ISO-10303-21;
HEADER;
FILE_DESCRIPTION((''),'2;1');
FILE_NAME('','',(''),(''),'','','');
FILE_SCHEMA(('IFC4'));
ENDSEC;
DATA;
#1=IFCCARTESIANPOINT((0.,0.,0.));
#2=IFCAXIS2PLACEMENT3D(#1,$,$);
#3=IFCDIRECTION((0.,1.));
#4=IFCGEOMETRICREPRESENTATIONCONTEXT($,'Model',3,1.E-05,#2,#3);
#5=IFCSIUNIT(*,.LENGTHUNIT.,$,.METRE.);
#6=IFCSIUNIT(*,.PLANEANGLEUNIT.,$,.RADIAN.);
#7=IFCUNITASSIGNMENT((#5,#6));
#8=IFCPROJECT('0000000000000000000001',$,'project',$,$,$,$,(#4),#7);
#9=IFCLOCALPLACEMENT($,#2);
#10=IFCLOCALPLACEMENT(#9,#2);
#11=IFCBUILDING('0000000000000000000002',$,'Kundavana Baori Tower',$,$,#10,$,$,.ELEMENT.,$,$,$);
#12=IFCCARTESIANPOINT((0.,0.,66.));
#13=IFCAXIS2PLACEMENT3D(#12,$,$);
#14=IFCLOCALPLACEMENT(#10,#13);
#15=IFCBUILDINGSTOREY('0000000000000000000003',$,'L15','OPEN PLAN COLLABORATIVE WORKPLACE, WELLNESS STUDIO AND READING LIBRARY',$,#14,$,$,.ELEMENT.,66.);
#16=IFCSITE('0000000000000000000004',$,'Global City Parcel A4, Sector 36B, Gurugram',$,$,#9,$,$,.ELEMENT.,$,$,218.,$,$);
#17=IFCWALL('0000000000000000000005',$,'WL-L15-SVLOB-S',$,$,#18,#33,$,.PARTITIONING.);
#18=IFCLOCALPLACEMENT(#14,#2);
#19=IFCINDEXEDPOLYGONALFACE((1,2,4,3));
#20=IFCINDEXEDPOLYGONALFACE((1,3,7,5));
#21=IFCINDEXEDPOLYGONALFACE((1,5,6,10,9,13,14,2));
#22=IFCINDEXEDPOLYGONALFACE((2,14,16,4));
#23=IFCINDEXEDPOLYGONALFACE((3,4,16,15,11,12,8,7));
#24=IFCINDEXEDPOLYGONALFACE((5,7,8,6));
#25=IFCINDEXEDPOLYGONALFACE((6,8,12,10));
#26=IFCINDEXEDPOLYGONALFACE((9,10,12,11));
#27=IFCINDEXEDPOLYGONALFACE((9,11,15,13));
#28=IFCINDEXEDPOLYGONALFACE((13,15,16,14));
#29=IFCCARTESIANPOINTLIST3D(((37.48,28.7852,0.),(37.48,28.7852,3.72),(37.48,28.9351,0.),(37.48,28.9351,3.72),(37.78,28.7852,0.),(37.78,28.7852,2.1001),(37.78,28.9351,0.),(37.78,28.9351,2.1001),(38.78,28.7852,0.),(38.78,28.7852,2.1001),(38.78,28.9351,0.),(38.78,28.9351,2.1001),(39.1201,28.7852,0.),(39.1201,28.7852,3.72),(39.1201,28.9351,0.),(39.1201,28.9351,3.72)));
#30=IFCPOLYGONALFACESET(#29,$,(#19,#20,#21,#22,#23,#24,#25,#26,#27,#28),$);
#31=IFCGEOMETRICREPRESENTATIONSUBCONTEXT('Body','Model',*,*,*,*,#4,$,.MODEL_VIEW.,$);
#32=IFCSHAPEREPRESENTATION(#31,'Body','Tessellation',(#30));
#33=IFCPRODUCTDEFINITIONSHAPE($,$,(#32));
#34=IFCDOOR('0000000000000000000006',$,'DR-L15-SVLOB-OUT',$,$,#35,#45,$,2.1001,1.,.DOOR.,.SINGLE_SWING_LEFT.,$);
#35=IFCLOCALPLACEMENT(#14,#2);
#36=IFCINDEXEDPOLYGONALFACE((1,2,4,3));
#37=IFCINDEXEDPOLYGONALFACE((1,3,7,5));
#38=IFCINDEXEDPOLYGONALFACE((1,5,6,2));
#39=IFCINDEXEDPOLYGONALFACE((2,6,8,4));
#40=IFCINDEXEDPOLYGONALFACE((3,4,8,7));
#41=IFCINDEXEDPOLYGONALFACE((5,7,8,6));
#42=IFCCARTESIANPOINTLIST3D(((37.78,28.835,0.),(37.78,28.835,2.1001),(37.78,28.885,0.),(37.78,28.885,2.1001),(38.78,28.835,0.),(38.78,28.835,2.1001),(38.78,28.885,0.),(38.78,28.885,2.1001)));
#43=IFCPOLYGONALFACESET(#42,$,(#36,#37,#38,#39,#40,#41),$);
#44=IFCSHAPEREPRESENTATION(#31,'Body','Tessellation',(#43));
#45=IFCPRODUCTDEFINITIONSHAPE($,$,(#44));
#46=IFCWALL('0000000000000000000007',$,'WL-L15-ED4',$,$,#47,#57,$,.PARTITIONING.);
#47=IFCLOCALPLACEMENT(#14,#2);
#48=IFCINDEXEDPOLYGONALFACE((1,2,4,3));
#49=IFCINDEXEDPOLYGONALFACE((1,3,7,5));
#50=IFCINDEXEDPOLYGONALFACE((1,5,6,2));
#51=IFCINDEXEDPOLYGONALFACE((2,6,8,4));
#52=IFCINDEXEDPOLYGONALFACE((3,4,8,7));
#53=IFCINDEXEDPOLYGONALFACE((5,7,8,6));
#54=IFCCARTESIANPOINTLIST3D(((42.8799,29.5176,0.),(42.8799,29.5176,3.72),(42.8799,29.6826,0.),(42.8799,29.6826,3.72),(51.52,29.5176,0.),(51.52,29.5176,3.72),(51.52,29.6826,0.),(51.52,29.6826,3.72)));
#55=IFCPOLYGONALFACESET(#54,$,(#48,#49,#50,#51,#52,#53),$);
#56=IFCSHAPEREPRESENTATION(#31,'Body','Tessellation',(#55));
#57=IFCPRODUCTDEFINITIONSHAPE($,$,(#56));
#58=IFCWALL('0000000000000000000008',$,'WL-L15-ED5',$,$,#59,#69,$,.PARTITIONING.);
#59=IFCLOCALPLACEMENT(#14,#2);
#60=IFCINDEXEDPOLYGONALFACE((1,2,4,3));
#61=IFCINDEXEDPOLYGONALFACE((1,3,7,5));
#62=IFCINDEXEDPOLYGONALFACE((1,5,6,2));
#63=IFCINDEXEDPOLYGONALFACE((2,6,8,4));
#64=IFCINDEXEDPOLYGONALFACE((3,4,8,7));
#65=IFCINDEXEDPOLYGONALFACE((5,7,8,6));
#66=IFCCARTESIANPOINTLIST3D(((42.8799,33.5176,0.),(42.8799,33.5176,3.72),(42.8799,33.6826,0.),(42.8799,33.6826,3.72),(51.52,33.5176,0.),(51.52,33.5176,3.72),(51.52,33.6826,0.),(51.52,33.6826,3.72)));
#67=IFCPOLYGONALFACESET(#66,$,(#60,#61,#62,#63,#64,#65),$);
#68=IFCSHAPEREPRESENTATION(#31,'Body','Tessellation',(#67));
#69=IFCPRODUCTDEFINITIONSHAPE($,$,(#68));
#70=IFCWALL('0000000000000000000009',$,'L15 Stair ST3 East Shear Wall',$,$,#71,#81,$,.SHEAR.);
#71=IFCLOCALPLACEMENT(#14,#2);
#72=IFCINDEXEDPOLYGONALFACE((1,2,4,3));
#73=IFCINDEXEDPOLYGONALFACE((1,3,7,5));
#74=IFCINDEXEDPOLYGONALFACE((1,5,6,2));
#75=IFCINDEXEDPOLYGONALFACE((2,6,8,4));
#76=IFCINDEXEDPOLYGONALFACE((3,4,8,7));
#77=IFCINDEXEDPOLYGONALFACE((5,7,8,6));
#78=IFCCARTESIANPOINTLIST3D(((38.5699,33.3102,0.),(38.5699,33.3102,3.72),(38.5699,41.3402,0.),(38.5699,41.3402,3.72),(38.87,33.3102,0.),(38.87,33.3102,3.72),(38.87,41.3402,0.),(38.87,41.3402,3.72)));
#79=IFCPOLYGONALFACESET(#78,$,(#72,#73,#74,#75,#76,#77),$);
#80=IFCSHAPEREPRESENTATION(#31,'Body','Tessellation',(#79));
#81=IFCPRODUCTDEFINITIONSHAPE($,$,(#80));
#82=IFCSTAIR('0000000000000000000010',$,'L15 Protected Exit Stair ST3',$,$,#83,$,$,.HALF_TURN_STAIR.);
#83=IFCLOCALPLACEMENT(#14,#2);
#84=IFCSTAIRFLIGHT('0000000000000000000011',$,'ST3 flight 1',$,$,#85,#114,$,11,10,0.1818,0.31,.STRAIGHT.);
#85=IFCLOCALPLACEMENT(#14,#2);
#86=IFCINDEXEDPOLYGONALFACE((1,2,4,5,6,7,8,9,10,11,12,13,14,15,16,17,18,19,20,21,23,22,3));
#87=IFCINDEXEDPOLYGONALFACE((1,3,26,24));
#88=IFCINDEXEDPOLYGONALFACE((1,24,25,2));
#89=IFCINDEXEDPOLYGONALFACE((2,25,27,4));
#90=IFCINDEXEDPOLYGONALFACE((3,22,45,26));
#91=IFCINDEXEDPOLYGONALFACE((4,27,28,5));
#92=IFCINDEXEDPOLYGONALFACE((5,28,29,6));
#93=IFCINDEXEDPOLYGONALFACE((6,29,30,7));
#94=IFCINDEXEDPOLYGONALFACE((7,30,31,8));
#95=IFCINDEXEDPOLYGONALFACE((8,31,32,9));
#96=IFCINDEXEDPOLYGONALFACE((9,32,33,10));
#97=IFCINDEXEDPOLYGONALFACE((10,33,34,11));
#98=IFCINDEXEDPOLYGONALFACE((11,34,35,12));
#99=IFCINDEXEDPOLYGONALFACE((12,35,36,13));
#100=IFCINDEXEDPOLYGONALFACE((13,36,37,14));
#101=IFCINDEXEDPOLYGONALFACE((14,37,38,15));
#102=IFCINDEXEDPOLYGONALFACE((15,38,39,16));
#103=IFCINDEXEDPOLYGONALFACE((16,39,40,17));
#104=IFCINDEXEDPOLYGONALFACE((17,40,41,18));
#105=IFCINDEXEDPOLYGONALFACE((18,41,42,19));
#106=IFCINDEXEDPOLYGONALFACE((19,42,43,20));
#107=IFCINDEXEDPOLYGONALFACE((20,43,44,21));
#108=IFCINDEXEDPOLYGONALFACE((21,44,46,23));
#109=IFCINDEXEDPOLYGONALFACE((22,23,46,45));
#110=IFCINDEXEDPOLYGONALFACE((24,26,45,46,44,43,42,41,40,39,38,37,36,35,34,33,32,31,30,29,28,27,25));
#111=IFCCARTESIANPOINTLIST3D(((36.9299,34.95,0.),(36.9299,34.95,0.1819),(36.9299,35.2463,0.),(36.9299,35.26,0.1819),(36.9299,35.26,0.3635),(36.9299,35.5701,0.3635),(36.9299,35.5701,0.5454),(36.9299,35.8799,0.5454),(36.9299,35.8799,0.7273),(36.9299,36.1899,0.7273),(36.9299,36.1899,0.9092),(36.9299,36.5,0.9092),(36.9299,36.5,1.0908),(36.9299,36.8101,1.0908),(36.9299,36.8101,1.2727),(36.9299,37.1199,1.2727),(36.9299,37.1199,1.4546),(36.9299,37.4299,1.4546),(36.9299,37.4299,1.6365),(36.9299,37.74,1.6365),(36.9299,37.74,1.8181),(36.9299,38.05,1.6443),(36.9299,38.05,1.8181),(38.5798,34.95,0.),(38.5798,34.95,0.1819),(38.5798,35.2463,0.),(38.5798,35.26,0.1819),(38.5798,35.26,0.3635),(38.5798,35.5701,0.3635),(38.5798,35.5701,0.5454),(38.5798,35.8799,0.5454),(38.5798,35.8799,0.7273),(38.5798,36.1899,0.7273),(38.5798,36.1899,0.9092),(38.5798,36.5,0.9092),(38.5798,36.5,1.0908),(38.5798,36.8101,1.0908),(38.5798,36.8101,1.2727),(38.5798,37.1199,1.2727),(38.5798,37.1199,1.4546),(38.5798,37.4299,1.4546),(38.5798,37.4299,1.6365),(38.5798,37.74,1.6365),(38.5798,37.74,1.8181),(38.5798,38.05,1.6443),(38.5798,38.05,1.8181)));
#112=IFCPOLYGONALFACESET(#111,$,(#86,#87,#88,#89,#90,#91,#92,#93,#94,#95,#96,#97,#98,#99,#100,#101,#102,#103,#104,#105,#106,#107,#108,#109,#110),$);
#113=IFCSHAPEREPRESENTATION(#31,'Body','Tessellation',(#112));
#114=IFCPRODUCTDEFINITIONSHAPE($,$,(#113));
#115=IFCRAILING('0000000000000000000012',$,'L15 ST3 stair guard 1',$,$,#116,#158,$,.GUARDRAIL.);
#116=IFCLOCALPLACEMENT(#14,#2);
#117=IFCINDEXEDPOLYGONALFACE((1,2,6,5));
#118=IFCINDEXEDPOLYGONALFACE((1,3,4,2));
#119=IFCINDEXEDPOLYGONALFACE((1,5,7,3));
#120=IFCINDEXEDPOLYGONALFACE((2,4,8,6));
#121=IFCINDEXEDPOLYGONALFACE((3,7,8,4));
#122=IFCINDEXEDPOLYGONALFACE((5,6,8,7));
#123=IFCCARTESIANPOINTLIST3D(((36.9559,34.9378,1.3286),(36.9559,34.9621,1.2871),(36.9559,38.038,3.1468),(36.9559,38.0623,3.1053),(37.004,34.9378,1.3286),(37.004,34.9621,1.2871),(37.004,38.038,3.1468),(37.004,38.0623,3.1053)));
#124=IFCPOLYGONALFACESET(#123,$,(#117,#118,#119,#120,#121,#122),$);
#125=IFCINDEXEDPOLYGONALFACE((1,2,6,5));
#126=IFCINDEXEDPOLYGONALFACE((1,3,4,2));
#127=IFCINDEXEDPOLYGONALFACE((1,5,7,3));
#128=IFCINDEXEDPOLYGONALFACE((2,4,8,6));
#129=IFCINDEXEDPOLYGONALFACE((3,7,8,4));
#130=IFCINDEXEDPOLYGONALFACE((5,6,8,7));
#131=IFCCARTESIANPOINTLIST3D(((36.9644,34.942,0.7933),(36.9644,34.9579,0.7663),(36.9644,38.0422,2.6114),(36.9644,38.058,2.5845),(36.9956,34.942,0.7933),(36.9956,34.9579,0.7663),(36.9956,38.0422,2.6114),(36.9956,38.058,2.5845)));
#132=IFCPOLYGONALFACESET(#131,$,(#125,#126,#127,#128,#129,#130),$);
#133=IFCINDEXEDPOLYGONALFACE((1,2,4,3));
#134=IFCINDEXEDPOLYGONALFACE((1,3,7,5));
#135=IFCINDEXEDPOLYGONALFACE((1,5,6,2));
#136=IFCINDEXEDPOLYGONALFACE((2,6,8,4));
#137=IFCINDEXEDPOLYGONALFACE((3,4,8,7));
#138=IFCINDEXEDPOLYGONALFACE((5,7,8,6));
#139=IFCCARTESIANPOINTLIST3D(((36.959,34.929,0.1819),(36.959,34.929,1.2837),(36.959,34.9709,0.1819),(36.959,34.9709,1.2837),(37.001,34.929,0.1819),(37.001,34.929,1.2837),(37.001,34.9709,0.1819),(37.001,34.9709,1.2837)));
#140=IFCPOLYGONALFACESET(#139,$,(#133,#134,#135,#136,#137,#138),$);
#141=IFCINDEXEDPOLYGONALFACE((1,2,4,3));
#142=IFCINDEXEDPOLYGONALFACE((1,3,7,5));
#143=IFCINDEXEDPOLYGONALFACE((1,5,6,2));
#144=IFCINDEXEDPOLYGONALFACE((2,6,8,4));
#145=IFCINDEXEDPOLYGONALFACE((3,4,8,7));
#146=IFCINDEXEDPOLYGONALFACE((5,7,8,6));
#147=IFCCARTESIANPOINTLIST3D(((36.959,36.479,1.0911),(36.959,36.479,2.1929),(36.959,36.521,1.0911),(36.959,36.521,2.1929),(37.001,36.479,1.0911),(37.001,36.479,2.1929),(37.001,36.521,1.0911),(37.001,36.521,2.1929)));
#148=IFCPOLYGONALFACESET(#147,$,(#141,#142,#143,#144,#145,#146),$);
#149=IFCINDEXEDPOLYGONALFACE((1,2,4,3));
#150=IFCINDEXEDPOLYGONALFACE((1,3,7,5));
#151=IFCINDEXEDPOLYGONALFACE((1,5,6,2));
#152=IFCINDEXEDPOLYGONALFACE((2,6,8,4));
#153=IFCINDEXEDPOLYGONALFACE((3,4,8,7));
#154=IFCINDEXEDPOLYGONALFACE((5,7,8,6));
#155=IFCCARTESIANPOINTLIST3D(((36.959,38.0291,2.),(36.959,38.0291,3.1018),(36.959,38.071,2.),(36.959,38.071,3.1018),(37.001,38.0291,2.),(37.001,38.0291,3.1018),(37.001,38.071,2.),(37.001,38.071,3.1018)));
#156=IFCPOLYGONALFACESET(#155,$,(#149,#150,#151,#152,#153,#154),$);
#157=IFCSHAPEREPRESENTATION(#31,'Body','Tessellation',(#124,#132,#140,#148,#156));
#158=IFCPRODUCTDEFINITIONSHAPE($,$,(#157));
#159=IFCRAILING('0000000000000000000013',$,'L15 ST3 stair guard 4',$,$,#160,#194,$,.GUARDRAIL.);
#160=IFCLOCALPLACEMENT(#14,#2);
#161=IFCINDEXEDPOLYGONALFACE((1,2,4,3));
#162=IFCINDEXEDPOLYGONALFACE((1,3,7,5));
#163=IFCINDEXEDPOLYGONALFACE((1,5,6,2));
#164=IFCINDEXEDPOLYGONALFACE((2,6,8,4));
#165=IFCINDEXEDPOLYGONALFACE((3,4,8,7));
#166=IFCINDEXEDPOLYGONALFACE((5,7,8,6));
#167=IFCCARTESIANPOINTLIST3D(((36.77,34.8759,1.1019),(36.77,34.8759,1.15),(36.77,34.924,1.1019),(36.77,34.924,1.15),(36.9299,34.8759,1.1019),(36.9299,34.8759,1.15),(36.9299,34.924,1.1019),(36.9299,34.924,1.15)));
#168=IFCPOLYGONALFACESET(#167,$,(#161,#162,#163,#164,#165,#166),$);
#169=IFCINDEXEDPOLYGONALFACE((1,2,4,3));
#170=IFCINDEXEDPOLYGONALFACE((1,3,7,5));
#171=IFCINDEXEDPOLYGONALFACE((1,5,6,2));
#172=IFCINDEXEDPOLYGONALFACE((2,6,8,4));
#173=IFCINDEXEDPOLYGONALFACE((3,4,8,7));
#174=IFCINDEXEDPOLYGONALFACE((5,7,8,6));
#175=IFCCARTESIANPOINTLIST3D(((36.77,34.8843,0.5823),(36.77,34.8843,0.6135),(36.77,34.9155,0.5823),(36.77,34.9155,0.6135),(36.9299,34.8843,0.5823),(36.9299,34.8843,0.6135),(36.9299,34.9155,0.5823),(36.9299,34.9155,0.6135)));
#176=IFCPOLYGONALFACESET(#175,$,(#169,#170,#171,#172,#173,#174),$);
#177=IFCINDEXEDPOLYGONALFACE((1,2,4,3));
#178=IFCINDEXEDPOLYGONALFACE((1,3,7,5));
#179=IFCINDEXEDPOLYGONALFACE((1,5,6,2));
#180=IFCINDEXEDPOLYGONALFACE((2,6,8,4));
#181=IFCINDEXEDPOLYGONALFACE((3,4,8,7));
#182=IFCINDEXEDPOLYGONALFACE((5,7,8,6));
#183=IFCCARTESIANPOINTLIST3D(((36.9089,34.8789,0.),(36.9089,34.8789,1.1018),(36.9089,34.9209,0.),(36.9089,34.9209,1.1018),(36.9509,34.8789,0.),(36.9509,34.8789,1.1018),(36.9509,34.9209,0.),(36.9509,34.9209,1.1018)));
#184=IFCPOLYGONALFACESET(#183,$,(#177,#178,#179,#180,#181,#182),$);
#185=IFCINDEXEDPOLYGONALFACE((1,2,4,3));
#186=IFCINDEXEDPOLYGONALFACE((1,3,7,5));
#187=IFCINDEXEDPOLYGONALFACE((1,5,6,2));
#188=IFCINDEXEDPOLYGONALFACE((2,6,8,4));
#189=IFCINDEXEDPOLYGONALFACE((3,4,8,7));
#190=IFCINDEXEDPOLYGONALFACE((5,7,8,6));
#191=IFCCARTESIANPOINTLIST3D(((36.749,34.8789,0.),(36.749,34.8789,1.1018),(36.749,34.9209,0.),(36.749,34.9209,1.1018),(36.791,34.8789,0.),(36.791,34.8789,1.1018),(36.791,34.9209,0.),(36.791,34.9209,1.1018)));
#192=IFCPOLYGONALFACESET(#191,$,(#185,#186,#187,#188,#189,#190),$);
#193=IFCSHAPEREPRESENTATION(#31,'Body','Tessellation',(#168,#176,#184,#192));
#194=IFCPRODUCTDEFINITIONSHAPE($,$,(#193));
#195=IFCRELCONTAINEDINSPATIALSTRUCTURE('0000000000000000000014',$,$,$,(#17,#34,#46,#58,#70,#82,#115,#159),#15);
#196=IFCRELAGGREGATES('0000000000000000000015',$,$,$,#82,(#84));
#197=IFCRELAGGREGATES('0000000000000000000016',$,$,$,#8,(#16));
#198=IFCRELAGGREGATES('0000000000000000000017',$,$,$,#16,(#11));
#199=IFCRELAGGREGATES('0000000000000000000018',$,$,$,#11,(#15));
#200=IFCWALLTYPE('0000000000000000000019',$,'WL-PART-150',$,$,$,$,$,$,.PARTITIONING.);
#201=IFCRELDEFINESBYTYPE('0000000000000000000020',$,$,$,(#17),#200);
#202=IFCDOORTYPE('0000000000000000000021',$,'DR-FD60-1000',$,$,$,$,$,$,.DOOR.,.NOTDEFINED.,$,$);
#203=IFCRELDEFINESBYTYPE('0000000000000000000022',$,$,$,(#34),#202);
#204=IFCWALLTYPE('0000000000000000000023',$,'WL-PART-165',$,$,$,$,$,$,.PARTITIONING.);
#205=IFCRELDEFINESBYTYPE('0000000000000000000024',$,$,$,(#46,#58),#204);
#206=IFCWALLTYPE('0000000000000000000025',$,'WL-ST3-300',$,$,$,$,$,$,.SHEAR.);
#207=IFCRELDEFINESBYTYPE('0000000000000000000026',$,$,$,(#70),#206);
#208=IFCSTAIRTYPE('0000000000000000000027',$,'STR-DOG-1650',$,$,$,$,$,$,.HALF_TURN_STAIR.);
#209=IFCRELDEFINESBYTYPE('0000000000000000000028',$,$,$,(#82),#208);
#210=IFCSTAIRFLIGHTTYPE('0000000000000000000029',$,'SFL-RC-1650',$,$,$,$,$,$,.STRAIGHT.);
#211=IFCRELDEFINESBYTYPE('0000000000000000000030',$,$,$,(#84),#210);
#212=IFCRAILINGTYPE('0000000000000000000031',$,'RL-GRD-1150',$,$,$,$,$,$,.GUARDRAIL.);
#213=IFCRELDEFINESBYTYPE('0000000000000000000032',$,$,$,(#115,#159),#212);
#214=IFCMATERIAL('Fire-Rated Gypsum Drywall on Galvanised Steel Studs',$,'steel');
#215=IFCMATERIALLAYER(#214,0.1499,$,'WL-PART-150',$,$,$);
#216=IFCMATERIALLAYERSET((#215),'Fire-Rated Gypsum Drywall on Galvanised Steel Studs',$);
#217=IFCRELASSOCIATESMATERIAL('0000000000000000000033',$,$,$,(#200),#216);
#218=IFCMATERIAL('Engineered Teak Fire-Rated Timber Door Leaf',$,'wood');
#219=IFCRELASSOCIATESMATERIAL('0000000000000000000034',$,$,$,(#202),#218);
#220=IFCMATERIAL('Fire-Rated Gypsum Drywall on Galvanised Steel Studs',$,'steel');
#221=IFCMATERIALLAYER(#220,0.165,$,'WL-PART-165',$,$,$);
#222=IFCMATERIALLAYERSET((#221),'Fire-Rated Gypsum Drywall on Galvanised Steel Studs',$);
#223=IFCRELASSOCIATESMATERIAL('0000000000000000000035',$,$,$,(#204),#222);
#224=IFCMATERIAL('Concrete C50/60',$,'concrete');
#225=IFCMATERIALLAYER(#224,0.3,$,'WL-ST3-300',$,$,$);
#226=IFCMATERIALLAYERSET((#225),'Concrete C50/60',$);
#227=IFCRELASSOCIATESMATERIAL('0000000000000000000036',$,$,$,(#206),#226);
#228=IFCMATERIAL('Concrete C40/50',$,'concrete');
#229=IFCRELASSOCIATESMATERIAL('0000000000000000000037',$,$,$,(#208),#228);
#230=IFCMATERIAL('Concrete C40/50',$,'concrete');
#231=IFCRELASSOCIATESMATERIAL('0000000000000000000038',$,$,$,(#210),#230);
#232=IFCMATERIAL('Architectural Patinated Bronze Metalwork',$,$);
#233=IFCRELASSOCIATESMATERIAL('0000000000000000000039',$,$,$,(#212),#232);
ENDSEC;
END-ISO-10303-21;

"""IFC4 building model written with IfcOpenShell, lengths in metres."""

from ifc_helpers import new_model, si_unit, direction, frame, frame_2d, origin, origin_2d, place, context, subcontext, project, spatial, polyline, rectangle, outline, extrude, material, layer, layer_set, type_object, element, fill, aggregate, save


model = new_model("IFC4")

# Units and contexts
model_context = context("Model", 3, precision=1e-05, world=origin(), true_north=direction((0.0, 1.0)))
body_context = subcontext(model_context, "Body", "Model", "MODEL_VIEW")
ifc_project = project(units=[si_unit("LENGTHUNIT", "METRE"), si_unit("PLANEANGLEUNIT", "RADIAN")], contexts=[model_context])

# Site, building, storey
site_placement = place(None, origin())
site = spatial("IfcSite", under=ifc_project, at=site_placement, Name="Global City Parcel A4, Sector 36B, Gurugram", CompositionType="ELEMENT", RefElevation=218.0)
building_placement = place(site_placement, origin())
building = spatial("IfcBuilding", under=site, at=building_placement, Name="Kundavana Baori Tower", CompositionType="ELEMENT")
storey_placement = place(building_placement, frame((0.0, 0.0, 66.0)))
storey = spatial("IfcBuildingStorey", under=building, at=storey_placement, Name="L15", Description="OPEN PLAN COLLABORATIVE WORKPLACE, WELLNESS STUDIO AND READING LIBRARY", CompositionType="ELEMENT", Elevation=66.0)

# Shared definitions
ifc_material_1 = material(Name="Fire-Rated Gypsum Drywall on Galvanised Steel Studs", Category="steel")
ifc_layer_1 = layer(ifc_material_1, 0.1499, Name="WL-PART-150")
ifc_layer_set_1 = layer_set([ifc_layer_1], Name="Fire-Rated Gypsum Drywall on Galvanised Steel Studs")
wall_type_1 = type_object("IfcWallType", Name="WL-PART-150", PredefinedType="PARTITIONING", material=ifc_layer_set_1)

# Wall, opening, door
wall_1_placement = place(storey_placement, frame((37.48, 28.8601, 0.0), z_axis=(0.0, 0.0, 1.0), x_axis=(1.0, 0.0, 0.0)))
wall_1 = element("IfcWall", 1, at=wall_1_placement, inside=storey, type_object=wall_type_1, Name="WL-L15-SVLOB-S", PredefinedType="PARTITIONING", context=body_context, shape_type="SweptSolid", body=[
    extrude(rectangle(XDim=1.6401, YDim=0.1499, at=frame_2d((0.8201, 0.0))), origin(), (0.0, 0.0, 1.0), 3.72),
])
opening_1_placement = place(wall_1_placement, frame((0.3, 0.0, 0.0)))
opening_1 = element("IfcOpeningElement", 2, at=opening_1_placement, cuts=wall_1, PredefinedType="OPENING", context=body_context, shape_type="SweptSolid", body=[
    extrude(rectangle(XDim=1.0, YDim=2.1001, at=frame_2d((0.5, 1.05))), frame((0.0, 0.085, 0.0), z_axis=(0.0, -1.0, 0.0), x_axis=(1.0, 0.0, 0.0)), (0.0, 0.0, 1.0), 0.1699),
])
ifc_material_2 = material(Name="Engineered Teak Fire-Rated Timber Door Leaf", Category="wood")
door_type_1 = type_object("IfcDoorType", Name="DR-FD60-1000", OperationType="NOTDEFINED", PredefinedType="DOOR", material=ifc_material_2)
door_1_placement = place(opening_1_placement, origin())
door_1 = element("IfcDoor", 3, at=door_1_placement, inside=storey, type_object=door_type_1, Name="DR-L15-SVLOB-OUT", OperationType="SINGLE_SWING_LEFT", OverallHeight=2.1001, OverallWidth=1.0, PredefinedType="DOOR", context=body_context, shape_type="SweptSolid", body=[
    extrude(rectangle(XDim=1.0, YDim=2.1001, at=frame_2d((0.5, 1.05))), frame((0.0, 0.0249, 0.0), z_axis=(0.0, -1.0, 0.0), x_axis=(1.0, 0.0, 0.0)), (0.0, 0.0, 1.0), 0.05),
])
fill(opening_1, door_1)

# Walls
ifc_material_3 = material(Name="Fire-Rated Gypsum Drywall on Galvanised Steel Studs", Category="steel")
ifc_layer_2 = layer(ifc_material_3, 0.165, Name="WL-PART-165")
ifc_layer_set_2 = layer_set([ifc_layer_2], Name="Fire-Rated Gypsum Drywall on Galvanised Steel Studs")
wall_type_2 = type_object("IfcWallType", Name="WL-PART-165", PredefinedType="PARTITIONING", material=ifc_layer_set_2)
for number, where, z_axis, x_axis, name in (
    (4, (42.8799, 29.6001, 0.0), (0.0, 0.0, 1.0), (1.0, 0.0, 0.0), "WL-L15-ED4"),
    (5, (42.8799, 33.6001, 0.0), (0.0, 0.0, 1.0), (1.0, 0.0, 0.0), "WL-L15-ED5"),
):
    element("IfcWall", number, at=place(storey_placement, frame(where, z_axis=z_axis, x_axis=x_axis)), inside=storey, type_object=wall_type_2, Name=name, PredefinedType="PARTITIONING", context=body_context, shape_type="SweptSolid", body=[
        extrude(rectangle(XDim=8.6401, YDim=0.165, at=frame_2d((4.3201, 0.0))), origin(), (0.0, 0.0, 1.0), 3.72),
    ])

# Wall
ifc_material_4 = material(Name="Concrete C50/60", Category="concrete")
ifc_layer_3 = layer(ifc_material_4, 0.3, Name="WL-ST3-300")
ifc_layer_set_3 = layer_set([ifc_layer_3], Name="Concrete C50/60")
wall_type_3 = type_object("IfcWallType", Name="WL-ST3-300", PredefinedType="SHEAR", material=ifc_layer_set_3)
wall_2_placement = place(storey_placement, frame((38.72, 33.3101, 0.0), z_axis=(0.0, 0.0, 1.0), x_axis=(0.0, 1.0, 0.0)))
element("IfcWall", 6, at=wall_2_placement, inside=storey, type_object=wall_type_3, Name="L15 Stair ST3 East Shear Wall", PredefinedType="SHEAR", context=body_context, shape_type="SweptSolid", body=[
    extrude(rectangle(XDim=8.03, YDim=0.3, at=frame_2d((4.0151, 0.0))), origin(), (0.0, 0.0, 1.0), 3.72),
])

# Stair, stair flight
ifc_material_5 = material(Name="Concrete C40/50", Category="concrete")
stair_type = type_object("IfcStairType", Name="STR-DOG-1650", PredefinedType="HALF_TURN_STAIR", material=ifc_material_5)
stair_placement = place(storey_placement, origin())
stair = element("IfcStair", 7, at=stair_placement, inside=storey, type_object=stair_type, Name="L15 Protected Exit Stair ST3", PredefinedType="HALF_TURN_STAIR")
ifc_material_6 = material(Name="Concrete C40/50", Category="concrete")
stair_flight_type = type_object("IfcStairFlightType", Name="SFL-RC-1650", PredefinedType="STRAIGHT", material=ifc_material_6)
stair_flight_placement = place(storey_placement, frame((37.7549, 34.95, 0.0), z_axis=(0.0, 0.0, 1.0), x_axis=(0.0, 1.0, 0.0)))
stair_flight = element("IfcStairFlight", 8, at=stair_flight_placement, type_object=stair_flight_type, Name="ST3 flight 1", NumberOfRisers=11, NumberOfTreads=10, PredefinedType="STRAIGHT", RiserHeight=0.1818, TreadLength=0.31, context=body_context, shape_type="SweptSolid", body=[
    extrude(outline(polyline([(0.0, 0.0), (0.0, 0.1819), (0.3101, 0.1819), (0.3101, 0.3635), (0.6201, 0.3635), (0.6201, 0.5454), (0.9299, 0.5454), (0.9299, 0.7273), (1.24, 0.7273), (1.24, 0.9092), (1.55, 0.9092), (1.55, 1.0908), (1.8601, 1.0908), (1.8601, 1.2727), (2.1699, 1.2727), (2.1699, 1.4546), (2.48, 1.4546), (2.48, 1.6365), (2.79, 1.6365), (2.79, 1.8181), (3.1001, 1.8181), (3.1001, 2.0), (3.1001, 1.6443), (0.2964, 0.0), (0.0, 0.0)])), frame((0.0, 0.825, 0.0), z_axis=(0.0, -1.0, 0.0), x_axis=(1.0, 0.0, 0.0)), (0.0, 0.0, 1.0), 1.6499),
])
aggregate(stair, [stair_flight])

# Railings
ifc_material_7 = material(Name="Architectural Patinated Bronze Metalwork")
railing_type = type_object("IfcRailingType", Name="RL-GRD-1150", PredefinedType="GUARDRAIL", material=ifc_material_7)
railing_1_placement = place(storey_placement, frame((36.98, 34.95, 0.1819)))
element("IfcRailing", 9, at=railing_1_placement, inside=storey, type_object=railing_type, Name="L15 ST3 stair guard 1", PredefinedType="GUARDRAIL", context=body_context, shape_type="SweptSolid", body=[
    extrude(rectangle(XDim=0.0481, YDim=0.0481, at=origin_2d()), frame((0.0, 0.0, 1.126), z_axis=(0.0, 0.862599, 0.505889), x_axis=(-1.0, 0.0, 0.0)), (0.0, 0.0, 1.0), 3.594),
    extrude(rectangle(XDim=0.0312, YDim=0.0312, at=origin_2d()), frame((0.0, 0.0, 0.5979), z_axis=(0.0, 0.862599, 0.505889), x_axis=(-1.0, 0.0, 0.0)), (0.0, 0.0, 1.0), 3.594),
    extrude(rectangle(XDim=0.042, YDim=0.042, at=origin_2d()), origin(), (0.0, 0.0, 1.0), 1.1018),
    extrude(rectangle(XDim=0.042, YDim=0.042, at=origin_2d()), frame((0.0, 1.55, 0.9092)), (0.0, 0.0, 1.0), 1.1018),
    extrude(rectangle(XDim=0.042, YDim=0.042, at=origin_2d()), frame((0.0, 3.1001, 1.8181)), (0.0, 0.0, 1.0), 1.1018),
])
railing_2_placement = place(storey_placement, frame((36.9299, 34.8999, 0.0)))
element("IfcRailing", 10, at=railing_2_placement, inside=storey, type_object=railing_type, Name="L15 ST3 stair guard 4", PredefinedType="GUARDRAIL", context=body_context, shape_type="SweptSolid", body=[
    extrude(rectangle(XDim=0.0481, YDim=0.0481, at=origin_2d()), frame((0.0, 0.0, 1.126), z_axis=(-1.0, 0.0, 0.0), x_axis=(0.0, -1.0, 0.0)), (0.0, 0.0, 1.0), 0.1599),
    extrude(rectangle(XDim=0.0312, YDim=0.0312, at=origin_2d()), frame((0.0, 0.0, 0.5979), z_axis=(-1.0, 0.0, 0.0), x_axis=(0.0, -1.0, 0.0)), (0.0, 0.0, 1.0), 0.1599),
    extrude(rectangle(XDim=0.042, YDim=0.042, at=origin_2d()), origin(), (0.0, 0.0, 1.0), 1.1018),
    extrude(rectangle(XDim=0.042, YDim=0.042, at=origin_2d()), frame((-0.1599, 0.0, 0.0)), (0.0, 0.0, 1.0), 1.1018),
])

save(model, "model.ifc")
